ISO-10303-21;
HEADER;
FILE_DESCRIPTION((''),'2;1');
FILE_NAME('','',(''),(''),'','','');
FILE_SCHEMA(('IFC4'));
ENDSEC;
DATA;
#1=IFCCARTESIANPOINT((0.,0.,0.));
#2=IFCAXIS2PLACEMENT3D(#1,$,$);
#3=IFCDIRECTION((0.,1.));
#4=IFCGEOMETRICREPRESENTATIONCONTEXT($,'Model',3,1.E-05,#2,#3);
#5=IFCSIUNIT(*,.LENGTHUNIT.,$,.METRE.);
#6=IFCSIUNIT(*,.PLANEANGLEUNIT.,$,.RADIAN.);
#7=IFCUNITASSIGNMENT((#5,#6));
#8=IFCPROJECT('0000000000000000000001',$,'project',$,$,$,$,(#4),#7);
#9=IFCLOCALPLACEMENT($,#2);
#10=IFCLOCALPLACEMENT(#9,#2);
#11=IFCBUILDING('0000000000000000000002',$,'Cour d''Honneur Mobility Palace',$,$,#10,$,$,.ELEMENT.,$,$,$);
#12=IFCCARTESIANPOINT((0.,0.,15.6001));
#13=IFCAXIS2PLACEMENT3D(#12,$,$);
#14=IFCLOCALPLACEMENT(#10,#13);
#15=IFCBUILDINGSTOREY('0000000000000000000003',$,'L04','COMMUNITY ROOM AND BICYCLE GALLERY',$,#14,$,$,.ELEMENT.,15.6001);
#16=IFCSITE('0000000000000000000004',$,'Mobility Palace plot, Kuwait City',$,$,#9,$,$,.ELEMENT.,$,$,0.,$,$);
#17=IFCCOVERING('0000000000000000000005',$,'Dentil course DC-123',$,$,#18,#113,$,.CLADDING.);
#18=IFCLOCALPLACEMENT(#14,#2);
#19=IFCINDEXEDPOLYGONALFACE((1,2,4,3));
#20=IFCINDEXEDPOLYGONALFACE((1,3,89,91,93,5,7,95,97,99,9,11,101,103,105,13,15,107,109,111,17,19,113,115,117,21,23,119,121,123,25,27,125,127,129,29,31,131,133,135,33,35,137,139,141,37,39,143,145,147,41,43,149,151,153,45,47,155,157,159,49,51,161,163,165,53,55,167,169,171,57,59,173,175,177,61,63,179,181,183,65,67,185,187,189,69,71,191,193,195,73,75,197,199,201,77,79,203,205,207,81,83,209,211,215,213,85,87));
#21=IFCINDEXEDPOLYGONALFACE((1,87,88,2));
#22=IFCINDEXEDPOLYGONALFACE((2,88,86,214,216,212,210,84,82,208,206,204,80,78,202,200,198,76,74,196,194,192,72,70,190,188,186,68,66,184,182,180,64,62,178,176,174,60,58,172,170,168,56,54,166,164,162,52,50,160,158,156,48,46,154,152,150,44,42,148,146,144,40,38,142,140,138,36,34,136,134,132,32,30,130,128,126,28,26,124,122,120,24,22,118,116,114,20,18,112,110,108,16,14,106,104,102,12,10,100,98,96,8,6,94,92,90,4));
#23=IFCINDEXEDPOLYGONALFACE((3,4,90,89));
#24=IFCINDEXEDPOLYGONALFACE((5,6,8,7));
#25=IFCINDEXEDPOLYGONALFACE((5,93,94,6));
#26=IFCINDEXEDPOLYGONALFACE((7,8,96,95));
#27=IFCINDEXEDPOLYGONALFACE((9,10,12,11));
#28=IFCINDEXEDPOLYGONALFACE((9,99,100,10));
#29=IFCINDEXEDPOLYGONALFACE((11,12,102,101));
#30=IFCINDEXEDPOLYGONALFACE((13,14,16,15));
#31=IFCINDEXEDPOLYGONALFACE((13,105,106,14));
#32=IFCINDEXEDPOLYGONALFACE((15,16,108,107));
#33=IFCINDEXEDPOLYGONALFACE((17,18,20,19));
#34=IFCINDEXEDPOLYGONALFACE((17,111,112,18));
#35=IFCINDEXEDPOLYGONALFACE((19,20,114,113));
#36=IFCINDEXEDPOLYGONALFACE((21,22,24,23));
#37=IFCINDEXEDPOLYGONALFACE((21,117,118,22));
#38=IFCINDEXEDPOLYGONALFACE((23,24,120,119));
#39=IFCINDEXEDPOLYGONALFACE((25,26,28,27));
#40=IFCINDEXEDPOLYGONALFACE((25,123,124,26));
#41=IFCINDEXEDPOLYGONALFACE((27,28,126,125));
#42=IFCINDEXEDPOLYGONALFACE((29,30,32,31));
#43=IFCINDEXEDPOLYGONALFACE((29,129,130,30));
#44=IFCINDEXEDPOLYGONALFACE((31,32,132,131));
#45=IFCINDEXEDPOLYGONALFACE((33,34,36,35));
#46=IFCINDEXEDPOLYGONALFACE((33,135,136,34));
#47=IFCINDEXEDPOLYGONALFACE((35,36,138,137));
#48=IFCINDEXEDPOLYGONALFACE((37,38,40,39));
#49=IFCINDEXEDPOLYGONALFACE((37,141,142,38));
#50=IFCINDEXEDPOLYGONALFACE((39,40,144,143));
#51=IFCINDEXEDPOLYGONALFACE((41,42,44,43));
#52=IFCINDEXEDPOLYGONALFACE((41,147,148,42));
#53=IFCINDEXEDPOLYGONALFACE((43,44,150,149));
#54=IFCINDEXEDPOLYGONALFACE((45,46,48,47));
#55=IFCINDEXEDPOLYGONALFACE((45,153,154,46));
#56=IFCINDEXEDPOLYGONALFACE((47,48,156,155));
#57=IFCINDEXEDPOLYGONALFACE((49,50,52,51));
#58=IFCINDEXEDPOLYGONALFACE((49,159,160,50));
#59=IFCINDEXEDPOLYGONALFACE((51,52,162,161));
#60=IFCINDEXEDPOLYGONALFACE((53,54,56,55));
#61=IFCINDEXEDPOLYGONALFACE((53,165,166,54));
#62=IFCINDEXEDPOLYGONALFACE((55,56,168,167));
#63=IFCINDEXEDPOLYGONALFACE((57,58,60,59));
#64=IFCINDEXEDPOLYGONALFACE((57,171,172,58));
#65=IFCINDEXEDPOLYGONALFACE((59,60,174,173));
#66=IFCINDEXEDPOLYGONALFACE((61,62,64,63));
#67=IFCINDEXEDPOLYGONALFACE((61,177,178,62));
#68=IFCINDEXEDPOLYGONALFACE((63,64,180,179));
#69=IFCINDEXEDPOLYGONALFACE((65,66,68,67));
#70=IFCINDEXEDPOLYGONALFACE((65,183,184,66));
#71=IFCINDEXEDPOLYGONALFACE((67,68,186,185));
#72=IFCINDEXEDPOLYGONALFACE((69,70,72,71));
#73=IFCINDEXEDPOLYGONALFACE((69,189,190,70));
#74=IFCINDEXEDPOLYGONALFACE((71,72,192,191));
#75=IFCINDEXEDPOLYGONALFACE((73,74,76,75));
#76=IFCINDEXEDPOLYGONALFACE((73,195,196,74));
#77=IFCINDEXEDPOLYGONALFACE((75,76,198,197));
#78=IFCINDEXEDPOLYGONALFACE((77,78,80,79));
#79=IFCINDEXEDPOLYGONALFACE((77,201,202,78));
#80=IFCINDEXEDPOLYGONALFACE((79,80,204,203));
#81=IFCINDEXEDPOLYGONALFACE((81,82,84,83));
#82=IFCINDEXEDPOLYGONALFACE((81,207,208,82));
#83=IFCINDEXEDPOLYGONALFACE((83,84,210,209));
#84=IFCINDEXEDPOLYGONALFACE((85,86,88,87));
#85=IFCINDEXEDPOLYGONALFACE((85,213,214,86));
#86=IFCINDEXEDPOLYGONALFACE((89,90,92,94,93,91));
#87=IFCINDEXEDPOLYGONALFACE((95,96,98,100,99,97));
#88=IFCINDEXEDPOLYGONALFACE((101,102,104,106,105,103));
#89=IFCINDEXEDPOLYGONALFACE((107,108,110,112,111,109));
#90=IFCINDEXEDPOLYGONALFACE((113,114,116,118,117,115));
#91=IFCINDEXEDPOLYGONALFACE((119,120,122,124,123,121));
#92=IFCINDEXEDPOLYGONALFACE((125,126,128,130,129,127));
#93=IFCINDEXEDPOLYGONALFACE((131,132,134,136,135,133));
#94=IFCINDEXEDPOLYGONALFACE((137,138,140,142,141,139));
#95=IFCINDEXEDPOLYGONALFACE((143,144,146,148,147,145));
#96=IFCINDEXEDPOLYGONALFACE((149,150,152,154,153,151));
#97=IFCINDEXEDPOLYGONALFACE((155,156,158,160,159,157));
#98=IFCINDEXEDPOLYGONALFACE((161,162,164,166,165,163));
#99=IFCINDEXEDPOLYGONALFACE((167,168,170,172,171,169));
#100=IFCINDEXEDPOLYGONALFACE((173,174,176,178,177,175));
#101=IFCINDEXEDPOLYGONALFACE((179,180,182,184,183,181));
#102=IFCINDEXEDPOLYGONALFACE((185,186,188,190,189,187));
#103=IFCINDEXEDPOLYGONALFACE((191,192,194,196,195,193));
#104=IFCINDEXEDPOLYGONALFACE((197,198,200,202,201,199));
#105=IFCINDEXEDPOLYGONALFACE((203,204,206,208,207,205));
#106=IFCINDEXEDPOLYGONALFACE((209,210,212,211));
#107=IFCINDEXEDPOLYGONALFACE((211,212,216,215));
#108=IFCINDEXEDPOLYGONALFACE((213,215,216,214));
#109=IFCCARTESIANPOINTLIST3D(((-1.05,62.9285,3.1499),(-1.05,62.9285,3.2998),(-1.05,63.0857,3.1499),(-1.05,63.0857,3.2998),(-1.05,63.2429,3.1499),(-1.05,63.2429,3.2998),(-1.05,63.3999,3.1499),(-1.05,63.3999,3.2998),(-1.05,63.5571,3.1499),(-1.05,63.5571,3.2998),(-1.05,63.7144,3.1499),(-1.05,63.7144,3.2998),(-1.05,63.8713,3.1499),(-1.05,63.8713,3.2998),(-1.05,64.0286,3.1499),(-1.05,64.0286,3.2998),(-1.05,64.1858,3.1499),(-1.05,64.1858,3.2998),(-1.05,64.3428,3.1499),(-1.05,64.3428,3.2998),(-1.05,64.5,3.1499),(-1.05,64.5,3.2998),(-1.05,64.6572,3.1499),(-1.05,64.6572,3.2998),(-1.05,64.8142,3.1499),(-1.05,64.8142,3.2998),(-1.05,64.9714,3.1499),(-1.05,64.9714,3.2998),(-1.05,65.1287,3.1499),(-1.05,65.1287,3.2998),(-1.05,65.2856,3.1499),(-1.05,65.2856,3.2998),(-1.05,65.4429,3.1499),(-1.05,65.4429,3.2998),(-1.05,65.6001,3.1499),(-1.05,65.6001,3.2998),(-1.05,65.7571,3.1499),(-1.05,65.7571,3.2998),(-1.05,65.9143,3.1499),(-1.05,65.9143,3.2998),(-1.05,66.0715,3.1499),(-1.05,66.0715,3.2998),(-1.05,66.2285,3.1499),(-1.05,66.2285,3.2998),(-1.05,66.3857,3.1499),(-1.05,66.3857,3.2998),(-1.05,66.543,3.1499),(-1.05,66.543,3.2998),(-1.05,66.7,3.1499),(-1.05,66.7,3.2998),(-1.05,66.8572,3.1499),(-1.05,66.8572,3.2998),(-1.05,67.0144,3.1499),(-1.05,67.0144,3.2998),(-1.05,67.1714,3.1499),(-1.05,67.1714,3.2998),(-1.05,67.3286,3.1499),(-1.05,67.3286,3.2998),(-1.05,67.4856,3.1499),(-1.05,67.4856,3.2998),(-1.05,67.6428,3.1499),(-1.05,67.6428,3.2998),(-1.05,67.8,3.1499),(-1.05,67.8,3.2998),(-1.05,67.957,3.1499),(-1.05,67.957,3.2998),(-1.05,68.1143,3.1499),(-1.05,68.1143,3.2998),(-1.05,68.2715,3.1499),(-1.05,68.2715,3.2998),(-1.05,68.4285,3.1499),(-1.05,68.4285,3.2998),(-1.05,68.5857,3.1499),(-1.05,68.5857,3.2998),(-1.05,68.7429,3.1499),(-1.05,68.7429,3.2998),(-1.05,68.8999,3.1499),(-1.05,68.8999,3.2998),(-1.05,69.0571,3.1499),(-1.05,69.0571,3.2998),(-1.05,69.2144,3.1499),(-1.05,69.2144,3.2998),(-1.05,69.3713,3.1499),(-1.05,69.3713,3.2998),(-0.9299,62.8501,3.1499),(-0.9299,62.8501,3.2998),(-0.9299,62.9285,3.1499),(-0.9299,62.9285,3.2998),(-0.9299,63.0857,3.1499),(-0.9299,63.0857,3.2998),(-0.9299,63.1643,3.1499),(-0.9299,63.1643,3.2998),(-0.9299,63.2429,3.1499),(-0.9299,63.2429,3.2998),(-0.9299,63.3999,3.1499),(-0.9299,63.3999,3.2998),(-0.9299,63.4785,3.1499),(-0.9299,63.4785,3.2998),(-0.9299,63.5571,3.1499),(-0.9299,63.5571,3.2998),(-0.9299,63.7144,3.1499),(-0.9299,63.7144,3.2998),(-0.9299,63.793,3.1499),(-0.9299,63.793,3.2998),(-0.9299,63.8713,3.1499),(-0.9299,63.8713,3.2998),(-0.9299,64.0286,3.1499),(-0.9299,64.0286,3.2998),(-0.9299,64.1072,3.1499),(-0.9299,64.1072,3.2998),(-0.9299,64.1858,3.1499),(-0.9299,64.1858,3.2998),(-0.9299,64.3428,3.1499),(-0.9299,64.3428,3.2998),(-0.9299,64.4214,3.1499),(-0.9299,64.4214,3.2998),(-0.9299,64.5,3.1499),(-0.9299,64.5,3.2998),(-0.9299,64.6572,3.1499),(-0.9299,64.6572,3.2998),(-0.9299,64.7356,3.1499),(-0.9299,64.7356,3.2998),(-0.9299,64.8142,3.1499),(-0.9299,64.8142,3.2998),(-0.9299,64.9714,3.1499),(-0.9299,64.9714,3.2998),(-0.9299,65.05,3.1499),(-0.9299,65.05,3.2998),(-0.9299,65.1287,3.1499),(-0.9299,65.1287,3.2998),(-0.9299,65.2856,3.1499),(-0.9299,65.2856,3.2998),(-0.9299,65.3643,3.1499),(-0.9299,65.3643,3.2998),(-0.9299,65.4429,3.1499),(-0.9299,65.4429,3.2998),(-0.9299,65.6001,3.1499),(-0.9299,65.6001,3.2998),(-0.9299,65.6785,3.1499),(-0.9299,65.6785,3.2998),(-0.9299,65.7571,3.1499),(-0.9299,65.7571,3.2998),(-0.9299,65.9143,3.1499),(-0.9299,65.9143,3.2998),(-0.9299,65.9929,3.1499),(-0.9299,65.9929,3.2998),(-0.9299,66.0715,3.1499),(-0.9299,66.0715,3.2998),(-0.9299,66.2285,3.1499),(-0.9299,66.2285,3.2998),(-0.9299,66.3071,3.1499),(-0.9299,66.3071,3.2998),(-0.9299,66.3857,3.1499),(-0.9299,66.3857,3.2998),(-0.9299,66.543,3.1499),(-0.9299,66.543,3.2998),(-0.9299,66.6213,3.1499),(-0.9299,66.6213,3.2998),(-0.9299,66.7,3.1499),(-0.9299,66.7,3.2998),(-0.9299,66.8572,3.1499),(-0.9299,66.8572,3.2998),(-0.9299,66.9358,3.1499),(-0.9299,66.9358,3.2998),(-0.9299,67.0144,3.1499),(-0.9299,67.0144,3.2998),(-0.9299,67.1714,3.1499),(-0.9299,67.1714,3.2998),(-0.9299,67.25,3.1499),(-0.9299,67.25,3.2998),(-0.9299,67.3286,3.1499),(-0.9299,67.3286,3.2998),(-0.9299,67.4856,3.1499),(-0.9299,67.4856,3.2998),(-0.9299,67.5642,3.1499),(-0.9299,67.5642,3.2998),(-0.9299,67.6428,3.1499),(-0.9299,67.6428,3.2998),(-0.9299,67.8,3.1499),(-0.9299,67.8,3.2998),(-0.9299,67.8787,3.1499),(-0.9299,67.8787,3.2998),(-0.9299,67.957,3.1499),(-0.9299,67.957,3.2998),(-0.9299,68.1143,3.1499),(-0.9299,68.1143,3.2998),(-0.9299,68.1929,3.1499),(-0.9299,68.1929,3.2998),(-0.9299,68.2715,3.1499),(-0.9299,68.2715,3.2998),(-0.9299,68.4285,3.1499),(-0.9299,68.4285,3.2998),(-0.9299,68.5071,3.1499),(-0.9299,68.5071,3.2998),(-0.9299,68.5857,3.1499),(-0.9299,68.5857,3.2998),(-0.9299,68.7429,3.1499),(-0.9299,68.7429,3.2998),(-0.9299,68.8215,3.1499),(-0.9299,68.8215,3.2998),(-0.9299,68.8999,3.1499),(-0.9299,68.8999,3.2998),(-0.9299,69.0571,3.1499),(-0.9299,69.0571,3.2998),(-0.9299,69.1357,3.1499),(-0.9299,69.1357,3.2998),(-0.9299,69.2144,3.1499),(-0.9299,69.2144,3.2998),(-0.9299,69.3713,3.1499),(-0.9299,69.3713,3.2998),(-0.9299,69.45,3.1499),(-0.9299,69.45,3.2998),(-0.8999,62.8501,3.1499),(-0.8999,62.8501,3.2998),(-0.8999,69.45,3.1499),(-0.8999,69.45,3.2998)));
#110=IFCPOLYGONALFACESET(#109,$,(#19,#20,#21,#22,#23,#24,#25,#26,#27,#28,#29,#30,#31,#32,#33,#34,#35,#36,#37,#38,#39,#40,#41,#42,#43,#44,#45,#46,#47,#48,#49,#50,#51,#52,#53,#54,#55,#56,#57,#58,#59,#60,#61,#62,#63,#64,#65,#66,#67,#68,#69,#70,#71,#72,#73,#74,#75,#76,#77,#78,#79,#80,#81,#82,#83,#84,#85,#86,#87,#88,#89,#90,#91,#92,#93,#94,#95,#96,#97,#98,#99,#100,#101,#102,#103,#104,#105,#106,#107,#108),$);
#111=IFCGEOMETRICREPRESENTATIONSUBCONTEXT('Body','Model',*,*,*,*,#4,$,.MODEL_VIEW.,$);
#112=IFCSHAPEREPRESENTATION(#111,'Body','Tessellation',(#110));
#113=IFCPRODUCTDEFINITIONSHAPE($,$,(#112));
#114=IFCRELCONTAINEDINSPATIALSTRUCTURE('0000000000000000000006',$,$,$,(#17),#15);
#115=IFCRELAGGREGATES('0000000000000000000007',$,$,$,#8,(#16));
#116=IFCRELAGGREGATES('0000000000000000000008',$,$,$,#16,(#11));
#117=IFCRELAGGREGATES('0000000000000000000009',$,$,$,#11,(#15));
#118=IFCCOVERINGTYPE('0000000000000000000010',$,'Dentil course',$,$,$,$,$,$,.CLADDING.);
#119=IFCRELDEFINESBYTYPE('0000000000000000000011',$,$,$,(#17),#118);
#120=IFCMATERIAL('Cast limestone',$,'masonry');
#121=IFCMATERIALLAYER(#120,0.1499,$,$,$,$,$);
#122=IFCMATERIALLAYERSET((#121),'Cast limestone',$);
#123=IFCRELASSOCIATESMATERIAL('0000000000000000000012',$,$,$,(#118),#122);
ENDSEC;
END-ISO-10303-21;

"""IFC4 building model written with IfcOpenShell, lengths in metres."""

from ifc_helpers import new_model, si_unit, direction, frame, origin, place, context, subcontext, project, spatial, polyline, outline, extrude, material, layer, layer_set, type_object, element, save


model = new_model("IFC4")

# Units and contexts
model_context = context("Model", 3, precision=1e-05, world=origin(), true_north=direction((0.0, 1.0)))
body_context = subcontext(model_context, "Body", "Model", "MODEL_VIEW")
ifc_project = project(units=[si_unit("LENGTHUNIT", "METRE"), si_unit("PLANEANGLEUNIT", "RADIAN")], contexts=[model_context])

# Site, building, storey
site_placement = place(None, origin())
site = spatial("IfcSite", under=ifc_project, at=site_placement, Name="Mobility Palace plot, Kuwait City", CompositionType="ELEMENT", RefElevation=0.0)
building_placement = place(site_placement, origin())
building = spatial("IfcBuilding", under=site, at=building_placement, Name="Cour d'Honneur Mobility Palace", CompositionType="ELEMENT")
storey_placement = place(building_placement, frame((0.0, 0.0, 15.6001)))
storey = spatial("IfcBuildingStorey", under=building, at=storey_placement, Name="L04", Description="COMMUNITY ROOM AND BICYCLE GALLERY", CompositionType="ELEMENT", Elevation=15.6001)

# Covering
ifc_material = material(Name="Cast limestone", Category="masonry")
ifc_layer = layer(ifc_material, 0.1499)
ifc_layer_set = layer_set([ifc_layer], Name="Cast limestone")
covering_type = type_object("IfcCoveringType", Name="Dentil course", PredefinedType="CLADDING", material=ifc_layer_set)
covering_1_placement = place(storey_placement, frame((0.0, 0.0, 3.1499)))
element("IfcCovering", 1, at=covering_1_placement, inside=storey, type_object=covering_type, Name="Dentil course DC-123", PredefinedType="CLADDING", context=body_context, shape_type="SweptSolid", body=[
    extrude(outline(polyline([(-0.8999, 69.45), (-0.8999, 62.8501), (-0.9299, 62.8501), (-0.9299, 62.8501), (-0.9299, 62.9285), (-1.05, 62.9285), (-1.05, 63.0857), (-0.9299, 63.0857), (-0.9299, 63.1643), (-0.9299, 63.1643), (-0.9299, 63.2429), (-1.05, 63.2429), (-1.05, 63.3999), (-0.9299, 63.3999), (-0.9299, 63.4785), (-0.9299, 63.4785), (-0.9299, 63.5571), (-1.05, 63.5571), (-1.05, 63.7144), (-0.9299, 63.7144), (-0.9299, 63.793), (-0.9299, 63.793), (-0.9299, 63.8713), (-1.05, 63.8713), (-1.05, 64.0286), (-0.9299, 64.0286), (-0.9299, 64.1072), (-0.9299, 64.1072), (-0.9299, 64.1858), (-1.05, 64.1858), (-1.05, 64.3428), (-0.9299, 64.3428), (-0.9299, 64.4214), (-0.9299, 64.4214), (-0.9299, 64.5), (-1.05, 64.5), (-1.05, 64.6572), (-0.9299, 64.6572), (-0.9299, 64.7356), (-0.9299, 64.7356), (-0.9299, 64.8142), (-1.05, 64.8142), (-1.05, 64.9714), (-0.9299, 64.9714), (-0.9299, 65.05), (-0.9299, 65.05), (-0.9299, 65.1287), (-1.05, 65.1287), (-1.05, 65.2856), (-0.9299, 65.2856), (-0.9299, 65.3643), (-0.9299, 65.3643), (-0.9299, 65.4429), (-1.05, 65.4429), (-1.05, 65.6001), (-0.9299, 65.6001), (-0.9299, 65.6785), (-0.9299, 65.6785), (-0.9299, 65.7571), (-1.05, 65.7571), (-1.05, 65.9143), (-0.9299, 65.9143), (-0.9299, 65.9929), (-0.9299, 65.9929), (-0.9299, 66.0715), (-1.05, 66.0715), (-1.05, 66.2285), (-0.9299, 66.2285), (-0.9299, 66.3071), (-0.9299, 66.3071), (-0.9299, 66.3857), (-1.05, 66.3857), (-1.05, 66.543), (-0.9299, 66.543), (-0.9299, 66.6213), (-0.9299, 66.6213), (-0.9299, 66.7), (-1.05, 66.7), (-1.05, 66.8572), (-0.9299, 66.8572), (-0.9299, 66.9358), (-0.9299, 66.9358), (-0.9299, 67.0144), (-1.05, 67.0144), (-1.05, 67.1714), (-0.9299, 67.1714), (-0.9299, 67.25), (-0.9299, 67.25), (-0.9299, 67.3286), (-1.05, 67.3286), (-1.05, 67.4856), (-0.9299, 67.4856), (-0.9299, 67.5642), (-0.9299, 67.5642), (-0.9299, 67.6428), (-1.05, 67.6428), (-1.05, 67.8), (-0.9299, 67.8), (-0.9299, 67.8787), (-0.9299, 67.8787), (-0.9299, 67.957), (-1.05, 67.957), (-1.05, 68.1143), (-0.9299, 68.1143), (-0.9299, 68.1929), (-0.9299, 68.1929), (-0.9299, 68.2715), (-1.05, 68.2715), (-1.05, 68.4285), (-0.9299, 68.4285), (-0.9299, 68.5071), (-0.9299, 68.5071), (-0.9299, 68.5857), (-1.05, 68.5857), (-1.05, 68.7429), (-0.9299, 68.7429), (-0.9299, 68.8215), (-0.9299, 68.8215), (-0.9299, 68.8999), (-1.05, 68.8999), (-1.05, 69.0571), (-0.9299, 69.0571), (-0.9299, 69.1357), (-0.9299, 69.1357), (-0.9299, 69.2144), (-1.05, 69.2144), (-1.05, 69.3713), (-0.9299, 69.3713), (-0.9299, 69.45), (-0.8999, 69.45)])), origin(), (0.0, 0.0, 1.0), 0.1499),
])

save(model, "model.ifc")
